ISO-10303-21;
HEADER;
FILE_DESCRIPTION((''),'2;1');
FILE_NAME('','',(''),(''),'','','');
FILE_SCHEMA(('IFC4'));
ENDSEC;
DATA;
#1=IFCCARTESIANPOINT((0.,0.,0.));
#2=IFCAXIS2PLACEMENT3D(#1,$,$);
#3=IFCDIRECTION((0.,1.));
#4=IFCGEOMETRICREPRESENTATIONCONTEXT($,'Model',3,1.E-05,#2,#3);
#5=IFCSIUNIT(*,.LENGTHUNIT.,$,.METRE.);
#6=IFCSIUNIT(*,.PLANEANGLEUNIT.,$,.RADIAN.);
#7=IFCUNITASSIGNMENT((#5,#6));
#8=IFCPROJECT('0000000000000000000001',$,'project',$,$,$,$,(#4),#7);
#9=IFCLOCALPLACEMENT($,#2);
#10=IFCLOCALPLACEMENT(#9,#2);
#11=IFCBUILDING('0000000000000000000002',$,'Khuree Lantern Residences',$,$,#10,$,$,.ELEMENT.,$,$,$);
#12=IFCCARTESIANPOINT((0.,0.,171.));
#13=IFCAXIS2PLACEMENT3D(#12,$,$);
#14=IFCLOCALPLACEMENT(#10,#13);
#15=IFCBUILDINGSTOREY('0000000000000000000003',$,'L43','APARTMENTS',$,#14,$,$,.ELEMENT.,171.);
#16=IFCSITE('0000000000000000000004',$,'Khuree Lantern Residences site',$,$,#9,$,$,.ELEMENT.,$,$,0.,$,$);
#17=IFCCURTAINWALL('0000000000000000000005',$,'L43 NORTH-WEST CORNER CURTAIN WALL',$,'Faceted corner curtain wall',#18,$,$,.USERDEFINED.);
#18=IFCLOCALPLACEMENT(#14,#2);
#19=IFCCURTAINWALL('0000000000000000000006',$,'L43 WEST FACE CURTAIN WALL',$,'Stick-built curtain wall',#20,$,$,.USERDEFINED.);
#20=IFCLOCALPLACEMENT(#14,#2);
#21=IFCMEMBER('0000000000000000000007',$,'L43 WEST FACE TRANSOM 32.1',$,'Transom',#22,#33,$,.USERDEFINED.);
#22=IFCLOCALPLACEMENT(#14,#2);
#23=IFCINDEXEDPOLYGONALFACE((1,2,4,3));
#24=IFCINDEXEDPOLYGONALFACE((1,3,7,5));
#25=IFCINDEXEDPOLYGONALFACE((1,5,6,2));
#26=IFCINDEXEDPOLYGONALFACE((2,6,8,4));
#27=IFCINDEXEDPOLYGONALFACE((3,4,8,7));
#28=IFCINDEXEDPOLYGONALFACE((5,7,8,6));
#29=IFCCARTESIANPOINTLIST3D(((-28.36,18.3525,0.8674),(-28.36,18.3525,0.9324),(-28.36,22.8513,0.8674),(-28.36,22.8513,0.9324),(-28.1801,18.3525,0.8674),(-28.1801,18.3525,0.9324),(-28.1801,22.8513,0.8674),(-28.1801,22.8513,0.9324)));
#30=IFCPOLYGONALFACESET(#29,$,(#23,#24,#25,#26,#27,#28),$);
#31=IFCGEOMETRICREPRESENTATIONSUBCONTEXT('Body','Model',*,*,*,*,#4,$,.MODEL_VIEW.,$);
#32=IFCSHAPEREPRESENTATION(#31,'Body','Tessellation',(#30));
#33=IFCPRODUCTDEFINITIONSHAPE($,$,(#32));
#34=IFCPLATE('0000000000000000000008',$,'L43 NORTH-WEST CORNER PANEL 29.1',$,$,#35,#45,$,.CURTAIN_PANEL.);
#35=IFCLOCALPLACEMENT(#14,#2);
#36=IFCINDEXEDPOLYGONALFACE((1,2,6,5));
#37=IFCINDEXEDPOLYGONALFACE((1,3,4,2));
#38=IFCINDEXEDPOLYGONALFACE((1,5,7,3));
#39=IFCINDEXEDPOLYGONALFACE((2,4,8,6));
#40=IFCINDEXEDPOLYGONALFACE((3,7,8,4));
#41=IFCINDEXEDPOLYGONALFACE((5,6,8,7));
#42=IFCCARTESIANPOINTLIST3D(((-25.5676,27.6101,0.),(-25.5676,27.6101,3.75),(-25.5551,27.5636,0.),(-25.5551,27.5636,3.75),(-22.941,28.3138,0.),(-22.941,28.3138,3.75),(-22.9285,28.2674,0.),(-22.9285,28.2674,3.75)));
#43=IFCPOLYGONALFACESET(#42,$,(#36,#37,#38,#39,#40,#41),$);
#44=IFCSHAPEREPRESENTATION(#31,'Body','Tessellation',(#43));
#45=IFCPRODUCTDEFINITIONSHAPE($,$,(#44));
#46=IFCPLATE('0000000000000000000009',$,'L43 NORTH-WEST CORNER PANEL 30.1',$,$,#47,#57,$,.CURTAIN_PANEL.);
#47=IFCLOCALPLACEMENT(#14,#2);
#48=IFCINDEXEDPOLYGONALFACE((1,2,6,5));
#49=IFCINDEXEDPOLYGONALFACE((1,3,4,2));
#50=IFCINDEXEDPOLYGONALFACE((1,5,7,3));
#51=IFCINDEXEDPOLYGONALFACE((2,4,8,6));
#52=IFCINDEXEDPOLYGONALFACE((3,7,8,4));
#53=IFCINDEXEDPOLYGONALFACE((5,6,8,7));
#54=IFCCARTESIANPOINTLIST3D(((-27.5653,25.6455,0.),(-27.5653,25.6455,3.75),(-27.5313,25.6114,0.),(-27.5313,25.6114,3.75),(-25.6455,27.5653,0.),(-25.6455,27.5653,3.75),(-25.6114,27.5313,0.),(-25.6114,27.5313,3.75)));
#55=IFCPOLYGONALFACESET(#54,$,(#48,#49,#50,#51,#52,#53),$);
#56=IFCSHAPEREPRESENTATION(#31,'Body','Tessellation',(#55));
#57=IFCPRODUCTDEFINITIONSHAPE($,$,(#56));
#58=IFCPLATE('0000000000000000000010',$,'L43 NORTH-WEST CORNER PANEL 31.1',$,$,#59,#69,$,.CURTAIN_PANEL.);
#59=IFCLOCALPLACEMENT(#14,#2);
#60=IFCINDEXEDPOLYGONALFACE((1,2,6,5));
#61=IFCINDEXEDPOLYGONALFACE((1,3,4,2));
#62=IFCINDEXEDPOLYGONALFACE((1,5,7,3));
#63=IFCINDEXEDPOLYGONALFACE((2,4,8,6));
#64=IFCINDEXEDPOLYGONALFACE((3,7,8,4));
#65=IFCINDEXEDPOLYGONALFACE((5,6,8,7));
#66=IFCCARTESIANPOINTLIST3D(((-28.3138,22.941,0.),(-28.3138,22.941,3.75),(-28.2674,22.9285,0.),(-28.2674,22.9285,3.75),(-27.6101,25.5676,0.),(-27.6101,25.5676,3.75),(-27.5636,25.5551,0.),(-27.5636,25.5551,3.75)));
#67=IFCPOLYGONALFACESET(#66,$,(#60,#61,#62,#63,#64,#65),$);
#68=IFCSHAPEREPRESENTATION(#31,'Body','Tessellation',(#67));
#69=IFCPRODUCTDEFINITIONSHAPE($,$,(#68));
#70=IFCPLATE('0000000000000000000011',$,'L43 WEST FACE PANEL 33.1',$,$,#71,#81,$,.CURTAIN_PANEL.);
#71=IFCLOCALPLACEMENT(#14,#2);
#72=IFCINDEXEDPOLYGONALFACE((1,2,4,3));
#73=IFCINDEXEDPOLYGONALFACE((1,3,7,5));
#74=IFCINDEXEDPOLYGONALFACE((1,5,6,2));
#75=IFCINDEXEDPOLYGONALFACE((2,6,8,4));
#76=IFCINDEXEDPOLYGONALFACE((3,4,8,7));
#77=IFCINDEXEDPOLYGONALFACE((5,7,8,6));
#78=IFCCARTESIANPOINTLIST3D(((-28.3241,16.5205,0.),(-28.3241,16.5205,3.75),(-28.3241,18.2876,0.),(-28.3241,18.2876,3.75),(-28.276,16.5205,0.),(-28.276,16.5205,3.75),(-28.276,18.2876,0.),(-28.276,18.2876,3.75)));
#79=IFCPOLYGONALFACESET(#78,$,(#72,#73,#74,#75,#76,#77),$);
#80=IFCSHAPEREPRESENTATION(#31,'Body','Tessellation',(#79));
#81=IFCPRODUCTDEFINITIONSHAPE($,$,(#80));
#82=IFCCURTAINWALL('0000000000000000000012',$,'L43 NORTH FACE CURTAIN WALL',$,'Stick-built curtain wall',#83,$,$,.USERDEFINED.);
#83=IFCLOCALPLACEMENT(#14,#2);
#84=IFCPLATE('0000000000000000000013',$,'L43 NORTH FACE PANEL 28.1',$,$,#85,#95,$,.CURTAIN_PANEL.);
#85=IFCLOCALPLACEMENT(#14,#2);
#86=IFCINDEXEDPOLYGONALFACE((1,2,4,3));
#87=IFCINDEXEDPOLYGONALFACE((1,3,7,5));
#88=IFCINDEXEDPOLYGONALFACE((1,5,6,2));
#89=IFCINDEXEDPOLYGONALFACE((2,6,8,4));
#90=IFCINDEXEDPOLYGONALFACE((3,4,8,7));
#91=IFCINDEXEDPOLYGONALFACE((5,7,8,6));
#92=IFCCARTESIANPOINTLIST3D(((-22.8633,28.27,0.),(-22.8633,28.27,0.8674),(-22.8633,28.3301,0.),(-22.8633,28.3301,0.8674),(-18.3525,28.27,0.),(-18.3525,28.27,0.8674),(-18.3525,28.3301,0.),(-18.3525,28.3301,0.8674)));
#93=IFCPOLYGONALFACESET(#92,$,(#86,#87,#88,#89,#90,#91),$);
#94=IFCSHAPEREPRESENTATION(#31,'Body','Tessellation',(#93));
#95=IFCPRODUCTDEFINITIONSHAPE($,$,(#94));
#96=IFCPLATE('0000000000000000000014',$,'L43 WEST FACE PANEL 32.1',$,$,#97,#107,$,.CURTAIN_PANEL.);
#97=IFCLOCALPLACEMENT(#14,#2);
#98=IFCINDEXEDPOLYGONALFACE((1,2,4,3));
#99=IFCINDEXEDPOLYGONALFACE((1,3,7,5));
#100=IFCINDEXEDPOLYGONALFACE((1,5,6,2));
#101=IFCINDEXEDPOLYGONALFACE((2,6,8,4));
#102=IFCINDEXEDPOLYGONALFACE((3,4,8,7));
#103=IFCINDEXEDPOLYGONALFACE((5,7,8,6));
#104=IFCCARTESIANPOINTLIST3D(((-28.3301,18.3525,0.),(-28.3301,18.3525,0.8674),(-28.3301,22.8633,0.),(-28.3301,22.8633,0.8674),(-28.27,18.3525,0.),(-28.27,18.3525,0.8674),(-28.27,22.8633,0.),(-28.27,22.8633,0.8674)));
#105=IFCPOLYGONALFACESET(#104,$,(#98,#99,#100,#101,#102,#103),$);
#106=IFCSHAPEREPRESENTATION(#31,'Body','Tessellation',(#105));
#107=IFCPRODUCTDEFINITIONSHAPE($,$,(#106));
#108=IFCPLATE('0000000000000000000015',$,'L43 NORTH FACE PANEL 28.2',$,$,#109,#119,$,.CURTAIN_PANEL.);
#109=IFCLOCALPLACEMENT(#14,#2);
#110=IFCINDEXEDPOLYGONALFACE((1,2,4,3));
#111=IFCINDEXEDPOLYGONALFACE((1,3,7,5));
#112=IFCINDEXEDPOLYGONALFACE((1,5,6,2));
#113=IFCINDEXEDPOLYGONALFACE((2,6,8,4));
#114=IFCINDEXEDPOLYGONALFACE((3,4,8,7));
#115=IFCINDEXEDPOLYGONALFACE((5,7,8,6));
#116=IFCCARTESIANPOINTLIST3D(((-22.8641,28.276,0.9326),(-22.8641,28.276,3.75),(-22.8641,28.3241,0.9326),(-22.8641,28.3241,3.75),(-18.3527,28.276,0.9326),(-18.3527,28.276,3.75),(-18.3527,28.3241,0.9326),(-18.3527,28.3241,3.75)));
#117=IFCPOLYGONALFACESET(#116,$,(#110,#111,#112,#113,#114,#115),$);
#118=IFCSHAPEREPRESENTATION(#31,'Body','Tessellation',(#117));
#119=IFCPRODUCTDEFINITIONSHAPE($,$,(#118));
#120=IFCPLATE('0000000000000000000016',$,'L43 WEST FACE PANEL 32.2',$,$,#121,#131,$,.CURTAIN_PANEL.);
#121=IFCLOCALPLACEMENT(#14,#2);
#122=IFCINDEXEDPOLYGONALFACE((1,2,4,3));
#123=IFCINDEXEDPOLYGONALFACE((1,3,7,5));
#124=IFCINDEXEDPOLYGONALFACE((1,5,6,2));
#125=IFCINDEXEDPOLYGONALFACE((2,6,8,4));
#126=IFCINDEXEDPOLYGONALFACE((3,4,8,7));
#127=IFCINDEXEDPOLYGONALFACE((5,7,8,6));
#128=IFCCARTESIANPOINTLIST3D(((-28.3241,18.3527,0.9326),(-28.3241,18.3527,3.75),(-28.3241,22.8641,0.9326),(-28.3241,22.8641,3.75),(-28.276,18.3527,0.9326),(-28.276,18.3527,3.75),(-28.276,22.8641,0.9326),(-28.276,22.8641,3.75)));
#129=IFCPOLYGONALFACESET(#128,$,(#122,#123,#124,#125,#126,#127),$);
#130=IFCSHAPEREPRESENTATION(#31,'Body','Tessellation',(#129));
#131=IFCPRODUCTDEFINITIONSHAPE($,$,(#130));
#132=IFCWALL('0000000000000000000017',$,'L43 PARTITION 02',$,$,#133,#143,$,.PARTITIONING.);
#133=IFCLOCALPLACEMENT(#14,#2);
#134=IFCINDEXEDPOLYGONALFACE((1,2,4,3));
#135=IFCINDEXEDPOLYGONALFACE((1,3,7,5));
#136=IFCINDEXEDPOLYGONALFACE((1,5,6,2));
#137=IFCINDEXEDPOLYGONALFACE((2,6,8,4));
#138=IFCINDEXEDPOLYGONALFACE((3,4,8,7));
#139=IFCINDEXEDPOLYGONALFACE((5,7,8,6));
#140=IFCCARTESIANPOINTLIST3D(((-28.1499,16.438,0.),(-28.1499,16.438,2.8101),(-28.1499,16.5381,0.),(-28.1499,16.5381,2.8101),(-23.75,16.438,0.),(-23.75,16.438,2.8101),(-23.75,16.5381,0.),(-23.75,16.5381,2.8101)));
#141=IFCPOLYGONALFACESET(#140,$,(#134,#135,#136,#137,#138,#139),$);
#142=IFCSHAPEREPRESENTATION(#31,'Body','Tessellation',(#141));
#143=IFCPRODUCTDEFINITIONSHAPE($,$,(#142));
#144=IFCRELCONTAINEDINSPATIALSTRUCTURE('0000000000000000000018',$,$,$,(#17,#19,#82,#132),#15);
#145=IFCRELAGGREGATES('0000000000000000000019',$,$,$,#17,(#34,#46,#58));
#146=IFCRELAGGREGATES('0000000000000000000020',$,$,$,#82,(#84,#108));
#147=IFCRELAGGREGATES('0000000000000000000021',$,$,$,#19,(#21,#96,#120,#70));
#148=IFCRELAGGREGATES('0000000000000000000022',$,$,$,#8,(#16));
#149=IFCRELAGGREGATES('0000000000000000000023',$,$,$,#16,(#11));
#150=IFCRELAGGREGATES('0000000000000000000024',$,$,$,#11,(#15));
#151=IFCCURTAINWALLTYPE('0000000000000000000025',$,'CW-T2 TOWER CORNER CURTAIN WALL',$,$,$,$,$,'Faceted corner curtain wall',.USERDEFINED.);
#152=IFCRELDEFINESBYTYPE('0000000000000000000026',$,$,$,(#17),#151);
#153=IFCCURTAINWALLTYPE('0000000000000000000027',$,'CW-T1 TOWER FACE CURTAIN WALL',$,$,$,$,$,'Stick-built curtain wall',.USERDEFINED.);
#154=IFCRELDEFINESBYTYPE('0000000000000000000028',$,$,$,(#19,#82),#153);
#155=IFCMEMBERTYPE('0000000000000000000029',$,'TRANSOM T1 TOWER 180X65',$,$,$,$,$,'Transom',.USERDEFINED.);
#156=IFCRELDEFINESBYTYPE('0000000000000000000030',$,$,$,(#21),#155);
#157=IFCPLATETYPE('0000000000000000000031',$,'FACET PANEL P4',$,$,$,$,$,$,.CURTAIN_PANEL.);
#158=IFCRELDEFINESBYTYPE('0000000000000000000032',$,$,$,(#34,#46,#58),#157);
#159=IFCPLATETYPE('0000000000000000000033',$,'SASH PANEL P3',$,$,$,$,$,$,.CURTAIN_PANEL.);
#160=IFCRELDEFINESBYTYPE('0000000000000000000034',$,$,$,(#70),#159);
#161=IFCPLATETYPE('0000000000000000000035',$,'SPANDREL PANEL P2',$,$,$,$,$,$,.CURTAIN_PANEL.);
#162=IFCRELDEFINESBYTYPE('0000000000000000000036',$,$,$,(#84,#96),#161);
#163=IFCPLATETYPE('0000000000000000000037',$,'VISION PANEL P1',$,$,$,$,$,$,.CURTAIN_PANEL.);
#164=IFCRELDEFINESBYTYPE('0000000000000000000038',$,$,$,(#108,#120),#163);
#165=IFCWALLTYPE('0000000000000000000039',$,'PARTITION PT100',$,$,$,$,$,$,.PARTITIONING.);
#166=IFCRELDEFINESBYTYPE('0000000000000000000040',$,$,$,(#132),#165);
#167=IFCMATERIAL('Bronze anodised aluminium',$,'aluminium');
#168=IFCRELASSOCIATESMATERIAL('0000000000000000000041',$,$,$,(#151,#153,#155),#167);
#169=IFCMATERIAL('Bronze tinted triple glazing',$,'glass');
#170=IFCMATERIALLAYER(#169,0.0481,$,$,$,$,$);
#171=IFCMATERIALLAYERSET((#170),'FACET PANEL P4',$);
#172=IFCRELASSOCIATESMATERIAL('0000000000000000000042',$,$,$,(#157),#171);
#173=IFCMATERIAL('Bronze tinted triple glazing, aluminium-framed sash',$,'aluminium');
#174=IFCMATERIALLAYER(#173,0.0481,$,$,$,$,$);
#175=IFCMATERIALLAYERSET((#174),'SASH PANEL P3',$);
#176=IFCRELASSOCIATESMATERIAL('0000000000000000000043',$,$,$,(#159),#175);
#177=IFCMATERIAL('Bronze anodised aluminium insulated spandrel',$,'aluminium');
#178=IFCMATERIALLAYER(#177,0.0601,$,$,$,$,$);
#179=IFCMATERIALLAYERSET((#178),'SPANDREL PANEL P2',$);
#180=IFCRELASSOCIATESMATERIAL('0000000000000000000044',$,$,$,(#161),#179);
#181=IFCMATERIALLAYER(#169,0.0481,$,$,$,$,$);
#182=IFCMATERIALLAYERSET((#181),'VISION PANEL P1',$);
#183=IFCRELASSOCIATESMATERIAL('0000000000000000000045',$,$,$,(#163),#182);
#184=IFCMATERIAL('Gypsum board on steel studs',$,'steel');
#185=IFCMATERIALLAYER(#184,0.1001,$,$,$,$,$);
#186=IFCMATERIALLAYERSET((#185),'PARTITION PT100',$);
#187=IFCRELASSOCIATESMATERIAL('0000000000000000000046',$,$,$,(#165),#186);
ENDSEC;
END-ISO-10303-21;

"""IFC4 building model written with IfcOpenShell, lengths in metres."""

from ifc_helpers import new_model, si_unit, direction, frame, frame_2d, origin, origin_2d, place, context, subcontext, project, spatial, rectangle, extrude, material, layer, layer_set, material_profile, profile_set, type_object, element, aggregate, save


model = new_model("IFC4")

# Units and contexts
model_context = context("Model", 3, precision=1e-05, world=origin(), true_north=direction((0.0, 1.0)))
body_context = subcontext(model_context, "Body", "Model", "MODEL_VIEW")
ifc_project = project(units=[si_unit("LENGTHUNIT", "METRE"), si_unit("PLANEANGLEUNIT", "RADIAN")], contexts=[model_context])

# Site, building, storey
site_placement = place(None, origin())
site = spatial("IfcSite", under=ifc_project, at=site_placement, Name="Khuree Lantern Residences site", CompositionType="ELEMENT", RefElevation=0.0)
building_placement = place(site_placement, origin())
building = spatial("IfcBuilding", under=site, at=building_placement, Name="Khuree Lantern Residences", CompositionType="ELEMENT")
storey_placement = place(building_placement, frame((0.0, 0.0, 171.0)))
storey = spatial("IfcBuildingStorey", under=building, at=storey_placement, Name="L43", Description="APARTMENTS", CompositionType="ELEMENT", Elevation=171.0)

# Curtain walls
ifc_material_1 = material(Name="Bronze anodised aluminium", Category="aluminium")
curtain_wall_type_1 = type_object("IfcCurtainWallType", Name="CW-T2 TOWER CORNER CURTAIN WALL", ElementType="Faceted corner curtain wall", PredefinedType="USERDEFINED", material=ifc_material_1)
curtain_wall_1_placement = place(storey_placement, origin())
curtain_wall_1 = element("IfcCurtainWall", 1, at=curtain_wall_1_placement, inside=storey, type_object=curtain_wall_type_1, Name="L43 NORTH-WEST CORNER CURTAIN WALL", ObjectType="Faceted corner curtain wall", PredefinedType="USERDEFINED")
curtain_wall_type_2 = type_object("IfcCurtainWallType", Name="CW-T1 TOWER FACE CURTAIN WALL", ElementType="Stick-built curtain wall", PredefinedType="USERDEFINED", material=ifc_material_1)
curtain_wall_2_placement = place(storey_placement, origin())
curtain_wall_2 = element("IfcCurtainWall", 2, at=curtain_wall_2_placement, inside=storey, type_object=curtain_wall_type_2, Name="L43 WEST FACE CURTAIN WALL", ObjectType="Stick-built curtain wall", PredefinedType="USERDEFINED")

# Member
ifc_material_profile_1 = material_profile(ifc_material_1, rectangle(XDim=0.1799, YDim=0.0649, at=origin_2d()), Name="T1 180X65")
ifc_profile_set_1 = profile_set([ifc_material_profile_1], Name="Bronze anodised aluminium")
member_type_1 = type_object("IfcMemberType", Name="TRANSOM T1 TOWER 180X65", ElementType="Transom", PredefinedType="USERDEFINED", material=ifc_profile_set_1)
member_1_placement = place(storey_placement, frame((-28.27, 22.8513, 0.8999), z_axis=(0.0, -1.0, 0.0), x_axis=(1.0, 0.0, 0.0)))
member_1 = element("IfcMember", 3, at=member_1_placement, type_object=member_type_1, Name="L43 WEST FACE TRANSOM 32.1", ObjectType="Transom", PredefinedType="USERDEFINED", context=body_context, shape_type="SweptSolid", body=[
    extrude(rectangle(XDim=0.1799, YDim=0.0649, at=origin_2d()), origin(), (0.0, 0.0, 1.0), 4.4988),
])

# Plates
ifc_material_2 = material(Name="Bronze tinted triple glazing", Category="glass")
ifc_layer_1 = layer(ifc_material_2, 0.0481)
ifc_layer_set_1 = layer_set([ifc_layer_1], Name="FACET PANEL P4")
plate_type_1 = type_object("IfcPlateType", Name="FACET PANEL P4", PredefinedType="CURTAIN_PANEL", material=ifc_layer_set_1)
plate_1_placement = place(storey_placement, frame((-24.248, 27.9387, 0.0), z_axis=(0.0, 0.0, 1.0), x_axis=(-0.965926, -0.258819, 0.0)))
plate_1 = element("IfcPlate", 4, at=plate_1_placement, type_object=plate_type_1, Name="L43 NORTH-WEST CORNER PANEL 29.1", PredefinedType="CURTAIN_PANEL", context=body_context, shape_type="SweptSolid", body=[
    extrude(rectangle(XDim=2.7192, YDim=0.0481, at=origin_2d()), origin(), (0.0, 0.0, 1.0), 3.75),
])
plate_2_placement = place(storey_placement, frame((-26.5884, 26.5884, 0.0), z_axis=(0.0, 0.0, 1.0), x_axis=(-0.707107, -0.707107, 0.0)))
plate_2 = element("IfcPlate", 5, at=plate_2_placement, type_object=plate_type_1, Name="L43 NORTH-WEST CORNER PANEL 30.1", PredefinedType="CURTAIN_PANEL", context=body_context, shape_type="SweptSolid", body=[
    extrude(rectangle(XDim=2.7151, YDim=0.0481, at=origin_2d()), origin(), (0.0, 0.0, 1.0), 3.75),
])
plate_3_placement = place(storey_placement, frame((-27.9387, 24.248, 0.0), z_axis=(0.0, 0.0, 1.0), x_axis=(-0.258819, -0.965926, 0.0)))
plate_3 = element("IfcPlate", 6, at=plate_3_placement, type_object=plate_type_1, Name="L43 NORTH-WEST CORNER PANEL 31.1", PredefinedType="CURTAIN_PANEL", context=body_context, shape_type="SweptSolid", body=[
    extrude(rectangle(XDim=2.7192, YDim=0.0481, at=origin_2d()), origin(), (0.0, 0.0, 1.0), 3.75),
])
aggregate(curtain_wall_1, [plate_1, plate_2, plate_3])
ifc_material_3 = material(Name="Bronze tinted triple glazing, aluminium-framed sash", Category="aluminium")
ifc_layer_2 = layer(ifc_material_3, 0.0481)
ifc_layer_set_2 = layer_set([ifc_layer_2], Name="SASH PANEL P3")
plate_type_2 = type_object("IfcPlateType", Name="SASH PANEL P3", PredefinedType="CURTAIN_PANEL", material=ifc_layer_set_2)
plate_4_placement = place(storey_placement, frame((-28.3, 17.4041, 0.0), z_axis=(0.0, 0.0, 1.0), x_axis=(0.0, -1.0, 0.0)))
plate_4 = element("IfcPlate", 7, at=plate_4_placement, type_object=plate_type_2, Name="L43 WEST FACE PANEL 33.1", PredefinedType="CURTAIN_PANEL", context=body_context, shape_type="SweptSolid", body=[
    extrude(rectangle(XDim=1.7671, YDim=0.0481, at=origin_2d()), origin(), (0.0, 0.0, 1.0), 3.75),
])

# Curtain wall, plate
curtain_wall_3_placement = place(storey_placement, origin())
curtain_wall_3 = element("IfcCurtainWall", 8, at=curtain_wall_3_placement, inside=storey, type_object=curtain_wall_type_2, Name="L43 NORTH FACE CURTAIN WALL", ObjectType="Stick-built curtain wall", PredefinedType="USERDEFINED")
ifc_material_4 = material(Name="Bronze anodised aluminium insulated spandrel", Category="aluminium")
ifc_layer_3 = layer(ifc_material_4, 0.0601)
ifc_layer_set_3 = layer_set([ifc_layer_3], Name="SPANDREL PANEL P2")
plate_type_3 = type_object("IfcPlateType", Name="SPANDREL PANEL P2", PredefinedType="CURTAIN_PANEL", material=ifc_layer_set_3)
plate_5_placement = place(storey_placement, frame((-20.6079, 28.3, 0.0), z_axis=(0.0, 0.0, 1.0), x_axis=(-1.0, 0.0, 0.0)))
plate_5 = element("IfcPlate", 9, at=plate_5_placement, type_object=plate_type_3, Name="L43 NORTH FACE PANEL 28.1", PredefinedType="CURTAIN_PANEL", context=body_context, shape_type="SweptSolid", body=[
    extrude(rectangle(XDim=4.5107, YDim=0.0601, at=origin_2d()), origin(), (0.0, 0.0, 1.0), 0.8674),
])

# Plates
plate_6_placement = place(storey_placement, frame((-28.3, 20.6079, 0.0), z_axis=(0.0, 0.0, 1.0), x_axis=(0.0, -1.0, 0.0)))
plate_6 = element("IfcPlate", 10, at=plate_6_placement, type_object=plate_type_3, Name="L43 WEST FACE PANEL 32.1", PredefinedType="CURTAIN_PANEL", context=body_context, shape_type="SweptSolid", body=[
    extrude(rectangle(XDim=4.5107, YDim=0.0601, at=origin_2d()), origin(), (0.0, 0.0, 1.0), 0.8674),
])
ifc_layer_4 = layer(ifc_material_2, 0.0481)
ifc_layer_set_4 = layer_set([ifc_layer_4], Name="VISION PANEL P1")
plate_type_4 = type_object("IfcPlateType", Name="VISION PANEL P1", PredefinedType="CURTAIN_PANEL", material=ifc_layer_set_4)
plate_7_placement = place(storey_placement, frame((-20.6084, 28.3, 0.9326), z_axis=(0.0, 0.0, 1.0), x_axis=(-1.0, 0.0, 0.0)))
plate_7 = element("IfcPlate", 11, at=plate_7_placement, type_object=plate_type_4, Name="L43 NORTH FACE PANEL 28.2", PredefinedType="CURTAIN_PANEL", context=body_context, shape_type="SweptSolid", body=[
    extrude(rectangle(XDim=4.5115, YDim=0.0481, at=origin_2d()), origin(), (0.0, 0.0, 1.0), 2.8174),
])
aggregate(curtain_wall_3, [plate_5, plate_7])
plate_8_placement = place(storey_placement, frame((-28.3, 20.6084, 0.9326), z_axis=(0.0, 0.0, 1.0), x_axis=(0.0, -1.0, 0.0)))
plate_8 = element("IfcPlate", 12, at=plate_8_placement, type_object=plate_type_4, Name="L43 WEST FACE PANEL 32.2", PredefinedType="CURTAIN_PANEL", context=body_context, shape_type="SweptSolid", body=[
    extrude(rectangle(XDim=4.5115, YDim=0.0481, at=origin_2d()), origin(), (0.0, 0.0, 1.0), 2.8174),
])
aggregate(curtain_wall_2, [member_1, plate_6, plate_8, plate_4])

# Wall
ifc_material_5 = material(Name="Gypsum board on steel studs", Category="steel")
ifc_layer_5 = layer(ifc_material_5, 0.1001)
ifc_layer_set_5 = layer_set([ifc_layer_5], Name="PARTITION PT100")
wall_type = type_object("IfcWallType", Name="PARTITION PT100", PredefinedType="PARTITIONING", material=ifc_layer_set_5)
wall_placement = place(storey_placement, frame((-23.75, 16.488, 0.0), z_axis=(0.0, 0.0, 1.0), x_axis=(-1.0, 0.0, 0.0)))
element("IfcWall", 13, at=wall_placement, inside=storey, type_object=wall_type, Name="L43 PARTITION 02", PredefinedType="PARTITIONING", context=body_context, shape_type="SweptSolid", body=[
    extrude(rectangle(XDim=4.3999, YDim=0.1001, at=frame_2d((2.2, 0.0))), origin(), (0.0, 0.0, 1.0), 2.8101),
])

save(model, "model.ifc")
